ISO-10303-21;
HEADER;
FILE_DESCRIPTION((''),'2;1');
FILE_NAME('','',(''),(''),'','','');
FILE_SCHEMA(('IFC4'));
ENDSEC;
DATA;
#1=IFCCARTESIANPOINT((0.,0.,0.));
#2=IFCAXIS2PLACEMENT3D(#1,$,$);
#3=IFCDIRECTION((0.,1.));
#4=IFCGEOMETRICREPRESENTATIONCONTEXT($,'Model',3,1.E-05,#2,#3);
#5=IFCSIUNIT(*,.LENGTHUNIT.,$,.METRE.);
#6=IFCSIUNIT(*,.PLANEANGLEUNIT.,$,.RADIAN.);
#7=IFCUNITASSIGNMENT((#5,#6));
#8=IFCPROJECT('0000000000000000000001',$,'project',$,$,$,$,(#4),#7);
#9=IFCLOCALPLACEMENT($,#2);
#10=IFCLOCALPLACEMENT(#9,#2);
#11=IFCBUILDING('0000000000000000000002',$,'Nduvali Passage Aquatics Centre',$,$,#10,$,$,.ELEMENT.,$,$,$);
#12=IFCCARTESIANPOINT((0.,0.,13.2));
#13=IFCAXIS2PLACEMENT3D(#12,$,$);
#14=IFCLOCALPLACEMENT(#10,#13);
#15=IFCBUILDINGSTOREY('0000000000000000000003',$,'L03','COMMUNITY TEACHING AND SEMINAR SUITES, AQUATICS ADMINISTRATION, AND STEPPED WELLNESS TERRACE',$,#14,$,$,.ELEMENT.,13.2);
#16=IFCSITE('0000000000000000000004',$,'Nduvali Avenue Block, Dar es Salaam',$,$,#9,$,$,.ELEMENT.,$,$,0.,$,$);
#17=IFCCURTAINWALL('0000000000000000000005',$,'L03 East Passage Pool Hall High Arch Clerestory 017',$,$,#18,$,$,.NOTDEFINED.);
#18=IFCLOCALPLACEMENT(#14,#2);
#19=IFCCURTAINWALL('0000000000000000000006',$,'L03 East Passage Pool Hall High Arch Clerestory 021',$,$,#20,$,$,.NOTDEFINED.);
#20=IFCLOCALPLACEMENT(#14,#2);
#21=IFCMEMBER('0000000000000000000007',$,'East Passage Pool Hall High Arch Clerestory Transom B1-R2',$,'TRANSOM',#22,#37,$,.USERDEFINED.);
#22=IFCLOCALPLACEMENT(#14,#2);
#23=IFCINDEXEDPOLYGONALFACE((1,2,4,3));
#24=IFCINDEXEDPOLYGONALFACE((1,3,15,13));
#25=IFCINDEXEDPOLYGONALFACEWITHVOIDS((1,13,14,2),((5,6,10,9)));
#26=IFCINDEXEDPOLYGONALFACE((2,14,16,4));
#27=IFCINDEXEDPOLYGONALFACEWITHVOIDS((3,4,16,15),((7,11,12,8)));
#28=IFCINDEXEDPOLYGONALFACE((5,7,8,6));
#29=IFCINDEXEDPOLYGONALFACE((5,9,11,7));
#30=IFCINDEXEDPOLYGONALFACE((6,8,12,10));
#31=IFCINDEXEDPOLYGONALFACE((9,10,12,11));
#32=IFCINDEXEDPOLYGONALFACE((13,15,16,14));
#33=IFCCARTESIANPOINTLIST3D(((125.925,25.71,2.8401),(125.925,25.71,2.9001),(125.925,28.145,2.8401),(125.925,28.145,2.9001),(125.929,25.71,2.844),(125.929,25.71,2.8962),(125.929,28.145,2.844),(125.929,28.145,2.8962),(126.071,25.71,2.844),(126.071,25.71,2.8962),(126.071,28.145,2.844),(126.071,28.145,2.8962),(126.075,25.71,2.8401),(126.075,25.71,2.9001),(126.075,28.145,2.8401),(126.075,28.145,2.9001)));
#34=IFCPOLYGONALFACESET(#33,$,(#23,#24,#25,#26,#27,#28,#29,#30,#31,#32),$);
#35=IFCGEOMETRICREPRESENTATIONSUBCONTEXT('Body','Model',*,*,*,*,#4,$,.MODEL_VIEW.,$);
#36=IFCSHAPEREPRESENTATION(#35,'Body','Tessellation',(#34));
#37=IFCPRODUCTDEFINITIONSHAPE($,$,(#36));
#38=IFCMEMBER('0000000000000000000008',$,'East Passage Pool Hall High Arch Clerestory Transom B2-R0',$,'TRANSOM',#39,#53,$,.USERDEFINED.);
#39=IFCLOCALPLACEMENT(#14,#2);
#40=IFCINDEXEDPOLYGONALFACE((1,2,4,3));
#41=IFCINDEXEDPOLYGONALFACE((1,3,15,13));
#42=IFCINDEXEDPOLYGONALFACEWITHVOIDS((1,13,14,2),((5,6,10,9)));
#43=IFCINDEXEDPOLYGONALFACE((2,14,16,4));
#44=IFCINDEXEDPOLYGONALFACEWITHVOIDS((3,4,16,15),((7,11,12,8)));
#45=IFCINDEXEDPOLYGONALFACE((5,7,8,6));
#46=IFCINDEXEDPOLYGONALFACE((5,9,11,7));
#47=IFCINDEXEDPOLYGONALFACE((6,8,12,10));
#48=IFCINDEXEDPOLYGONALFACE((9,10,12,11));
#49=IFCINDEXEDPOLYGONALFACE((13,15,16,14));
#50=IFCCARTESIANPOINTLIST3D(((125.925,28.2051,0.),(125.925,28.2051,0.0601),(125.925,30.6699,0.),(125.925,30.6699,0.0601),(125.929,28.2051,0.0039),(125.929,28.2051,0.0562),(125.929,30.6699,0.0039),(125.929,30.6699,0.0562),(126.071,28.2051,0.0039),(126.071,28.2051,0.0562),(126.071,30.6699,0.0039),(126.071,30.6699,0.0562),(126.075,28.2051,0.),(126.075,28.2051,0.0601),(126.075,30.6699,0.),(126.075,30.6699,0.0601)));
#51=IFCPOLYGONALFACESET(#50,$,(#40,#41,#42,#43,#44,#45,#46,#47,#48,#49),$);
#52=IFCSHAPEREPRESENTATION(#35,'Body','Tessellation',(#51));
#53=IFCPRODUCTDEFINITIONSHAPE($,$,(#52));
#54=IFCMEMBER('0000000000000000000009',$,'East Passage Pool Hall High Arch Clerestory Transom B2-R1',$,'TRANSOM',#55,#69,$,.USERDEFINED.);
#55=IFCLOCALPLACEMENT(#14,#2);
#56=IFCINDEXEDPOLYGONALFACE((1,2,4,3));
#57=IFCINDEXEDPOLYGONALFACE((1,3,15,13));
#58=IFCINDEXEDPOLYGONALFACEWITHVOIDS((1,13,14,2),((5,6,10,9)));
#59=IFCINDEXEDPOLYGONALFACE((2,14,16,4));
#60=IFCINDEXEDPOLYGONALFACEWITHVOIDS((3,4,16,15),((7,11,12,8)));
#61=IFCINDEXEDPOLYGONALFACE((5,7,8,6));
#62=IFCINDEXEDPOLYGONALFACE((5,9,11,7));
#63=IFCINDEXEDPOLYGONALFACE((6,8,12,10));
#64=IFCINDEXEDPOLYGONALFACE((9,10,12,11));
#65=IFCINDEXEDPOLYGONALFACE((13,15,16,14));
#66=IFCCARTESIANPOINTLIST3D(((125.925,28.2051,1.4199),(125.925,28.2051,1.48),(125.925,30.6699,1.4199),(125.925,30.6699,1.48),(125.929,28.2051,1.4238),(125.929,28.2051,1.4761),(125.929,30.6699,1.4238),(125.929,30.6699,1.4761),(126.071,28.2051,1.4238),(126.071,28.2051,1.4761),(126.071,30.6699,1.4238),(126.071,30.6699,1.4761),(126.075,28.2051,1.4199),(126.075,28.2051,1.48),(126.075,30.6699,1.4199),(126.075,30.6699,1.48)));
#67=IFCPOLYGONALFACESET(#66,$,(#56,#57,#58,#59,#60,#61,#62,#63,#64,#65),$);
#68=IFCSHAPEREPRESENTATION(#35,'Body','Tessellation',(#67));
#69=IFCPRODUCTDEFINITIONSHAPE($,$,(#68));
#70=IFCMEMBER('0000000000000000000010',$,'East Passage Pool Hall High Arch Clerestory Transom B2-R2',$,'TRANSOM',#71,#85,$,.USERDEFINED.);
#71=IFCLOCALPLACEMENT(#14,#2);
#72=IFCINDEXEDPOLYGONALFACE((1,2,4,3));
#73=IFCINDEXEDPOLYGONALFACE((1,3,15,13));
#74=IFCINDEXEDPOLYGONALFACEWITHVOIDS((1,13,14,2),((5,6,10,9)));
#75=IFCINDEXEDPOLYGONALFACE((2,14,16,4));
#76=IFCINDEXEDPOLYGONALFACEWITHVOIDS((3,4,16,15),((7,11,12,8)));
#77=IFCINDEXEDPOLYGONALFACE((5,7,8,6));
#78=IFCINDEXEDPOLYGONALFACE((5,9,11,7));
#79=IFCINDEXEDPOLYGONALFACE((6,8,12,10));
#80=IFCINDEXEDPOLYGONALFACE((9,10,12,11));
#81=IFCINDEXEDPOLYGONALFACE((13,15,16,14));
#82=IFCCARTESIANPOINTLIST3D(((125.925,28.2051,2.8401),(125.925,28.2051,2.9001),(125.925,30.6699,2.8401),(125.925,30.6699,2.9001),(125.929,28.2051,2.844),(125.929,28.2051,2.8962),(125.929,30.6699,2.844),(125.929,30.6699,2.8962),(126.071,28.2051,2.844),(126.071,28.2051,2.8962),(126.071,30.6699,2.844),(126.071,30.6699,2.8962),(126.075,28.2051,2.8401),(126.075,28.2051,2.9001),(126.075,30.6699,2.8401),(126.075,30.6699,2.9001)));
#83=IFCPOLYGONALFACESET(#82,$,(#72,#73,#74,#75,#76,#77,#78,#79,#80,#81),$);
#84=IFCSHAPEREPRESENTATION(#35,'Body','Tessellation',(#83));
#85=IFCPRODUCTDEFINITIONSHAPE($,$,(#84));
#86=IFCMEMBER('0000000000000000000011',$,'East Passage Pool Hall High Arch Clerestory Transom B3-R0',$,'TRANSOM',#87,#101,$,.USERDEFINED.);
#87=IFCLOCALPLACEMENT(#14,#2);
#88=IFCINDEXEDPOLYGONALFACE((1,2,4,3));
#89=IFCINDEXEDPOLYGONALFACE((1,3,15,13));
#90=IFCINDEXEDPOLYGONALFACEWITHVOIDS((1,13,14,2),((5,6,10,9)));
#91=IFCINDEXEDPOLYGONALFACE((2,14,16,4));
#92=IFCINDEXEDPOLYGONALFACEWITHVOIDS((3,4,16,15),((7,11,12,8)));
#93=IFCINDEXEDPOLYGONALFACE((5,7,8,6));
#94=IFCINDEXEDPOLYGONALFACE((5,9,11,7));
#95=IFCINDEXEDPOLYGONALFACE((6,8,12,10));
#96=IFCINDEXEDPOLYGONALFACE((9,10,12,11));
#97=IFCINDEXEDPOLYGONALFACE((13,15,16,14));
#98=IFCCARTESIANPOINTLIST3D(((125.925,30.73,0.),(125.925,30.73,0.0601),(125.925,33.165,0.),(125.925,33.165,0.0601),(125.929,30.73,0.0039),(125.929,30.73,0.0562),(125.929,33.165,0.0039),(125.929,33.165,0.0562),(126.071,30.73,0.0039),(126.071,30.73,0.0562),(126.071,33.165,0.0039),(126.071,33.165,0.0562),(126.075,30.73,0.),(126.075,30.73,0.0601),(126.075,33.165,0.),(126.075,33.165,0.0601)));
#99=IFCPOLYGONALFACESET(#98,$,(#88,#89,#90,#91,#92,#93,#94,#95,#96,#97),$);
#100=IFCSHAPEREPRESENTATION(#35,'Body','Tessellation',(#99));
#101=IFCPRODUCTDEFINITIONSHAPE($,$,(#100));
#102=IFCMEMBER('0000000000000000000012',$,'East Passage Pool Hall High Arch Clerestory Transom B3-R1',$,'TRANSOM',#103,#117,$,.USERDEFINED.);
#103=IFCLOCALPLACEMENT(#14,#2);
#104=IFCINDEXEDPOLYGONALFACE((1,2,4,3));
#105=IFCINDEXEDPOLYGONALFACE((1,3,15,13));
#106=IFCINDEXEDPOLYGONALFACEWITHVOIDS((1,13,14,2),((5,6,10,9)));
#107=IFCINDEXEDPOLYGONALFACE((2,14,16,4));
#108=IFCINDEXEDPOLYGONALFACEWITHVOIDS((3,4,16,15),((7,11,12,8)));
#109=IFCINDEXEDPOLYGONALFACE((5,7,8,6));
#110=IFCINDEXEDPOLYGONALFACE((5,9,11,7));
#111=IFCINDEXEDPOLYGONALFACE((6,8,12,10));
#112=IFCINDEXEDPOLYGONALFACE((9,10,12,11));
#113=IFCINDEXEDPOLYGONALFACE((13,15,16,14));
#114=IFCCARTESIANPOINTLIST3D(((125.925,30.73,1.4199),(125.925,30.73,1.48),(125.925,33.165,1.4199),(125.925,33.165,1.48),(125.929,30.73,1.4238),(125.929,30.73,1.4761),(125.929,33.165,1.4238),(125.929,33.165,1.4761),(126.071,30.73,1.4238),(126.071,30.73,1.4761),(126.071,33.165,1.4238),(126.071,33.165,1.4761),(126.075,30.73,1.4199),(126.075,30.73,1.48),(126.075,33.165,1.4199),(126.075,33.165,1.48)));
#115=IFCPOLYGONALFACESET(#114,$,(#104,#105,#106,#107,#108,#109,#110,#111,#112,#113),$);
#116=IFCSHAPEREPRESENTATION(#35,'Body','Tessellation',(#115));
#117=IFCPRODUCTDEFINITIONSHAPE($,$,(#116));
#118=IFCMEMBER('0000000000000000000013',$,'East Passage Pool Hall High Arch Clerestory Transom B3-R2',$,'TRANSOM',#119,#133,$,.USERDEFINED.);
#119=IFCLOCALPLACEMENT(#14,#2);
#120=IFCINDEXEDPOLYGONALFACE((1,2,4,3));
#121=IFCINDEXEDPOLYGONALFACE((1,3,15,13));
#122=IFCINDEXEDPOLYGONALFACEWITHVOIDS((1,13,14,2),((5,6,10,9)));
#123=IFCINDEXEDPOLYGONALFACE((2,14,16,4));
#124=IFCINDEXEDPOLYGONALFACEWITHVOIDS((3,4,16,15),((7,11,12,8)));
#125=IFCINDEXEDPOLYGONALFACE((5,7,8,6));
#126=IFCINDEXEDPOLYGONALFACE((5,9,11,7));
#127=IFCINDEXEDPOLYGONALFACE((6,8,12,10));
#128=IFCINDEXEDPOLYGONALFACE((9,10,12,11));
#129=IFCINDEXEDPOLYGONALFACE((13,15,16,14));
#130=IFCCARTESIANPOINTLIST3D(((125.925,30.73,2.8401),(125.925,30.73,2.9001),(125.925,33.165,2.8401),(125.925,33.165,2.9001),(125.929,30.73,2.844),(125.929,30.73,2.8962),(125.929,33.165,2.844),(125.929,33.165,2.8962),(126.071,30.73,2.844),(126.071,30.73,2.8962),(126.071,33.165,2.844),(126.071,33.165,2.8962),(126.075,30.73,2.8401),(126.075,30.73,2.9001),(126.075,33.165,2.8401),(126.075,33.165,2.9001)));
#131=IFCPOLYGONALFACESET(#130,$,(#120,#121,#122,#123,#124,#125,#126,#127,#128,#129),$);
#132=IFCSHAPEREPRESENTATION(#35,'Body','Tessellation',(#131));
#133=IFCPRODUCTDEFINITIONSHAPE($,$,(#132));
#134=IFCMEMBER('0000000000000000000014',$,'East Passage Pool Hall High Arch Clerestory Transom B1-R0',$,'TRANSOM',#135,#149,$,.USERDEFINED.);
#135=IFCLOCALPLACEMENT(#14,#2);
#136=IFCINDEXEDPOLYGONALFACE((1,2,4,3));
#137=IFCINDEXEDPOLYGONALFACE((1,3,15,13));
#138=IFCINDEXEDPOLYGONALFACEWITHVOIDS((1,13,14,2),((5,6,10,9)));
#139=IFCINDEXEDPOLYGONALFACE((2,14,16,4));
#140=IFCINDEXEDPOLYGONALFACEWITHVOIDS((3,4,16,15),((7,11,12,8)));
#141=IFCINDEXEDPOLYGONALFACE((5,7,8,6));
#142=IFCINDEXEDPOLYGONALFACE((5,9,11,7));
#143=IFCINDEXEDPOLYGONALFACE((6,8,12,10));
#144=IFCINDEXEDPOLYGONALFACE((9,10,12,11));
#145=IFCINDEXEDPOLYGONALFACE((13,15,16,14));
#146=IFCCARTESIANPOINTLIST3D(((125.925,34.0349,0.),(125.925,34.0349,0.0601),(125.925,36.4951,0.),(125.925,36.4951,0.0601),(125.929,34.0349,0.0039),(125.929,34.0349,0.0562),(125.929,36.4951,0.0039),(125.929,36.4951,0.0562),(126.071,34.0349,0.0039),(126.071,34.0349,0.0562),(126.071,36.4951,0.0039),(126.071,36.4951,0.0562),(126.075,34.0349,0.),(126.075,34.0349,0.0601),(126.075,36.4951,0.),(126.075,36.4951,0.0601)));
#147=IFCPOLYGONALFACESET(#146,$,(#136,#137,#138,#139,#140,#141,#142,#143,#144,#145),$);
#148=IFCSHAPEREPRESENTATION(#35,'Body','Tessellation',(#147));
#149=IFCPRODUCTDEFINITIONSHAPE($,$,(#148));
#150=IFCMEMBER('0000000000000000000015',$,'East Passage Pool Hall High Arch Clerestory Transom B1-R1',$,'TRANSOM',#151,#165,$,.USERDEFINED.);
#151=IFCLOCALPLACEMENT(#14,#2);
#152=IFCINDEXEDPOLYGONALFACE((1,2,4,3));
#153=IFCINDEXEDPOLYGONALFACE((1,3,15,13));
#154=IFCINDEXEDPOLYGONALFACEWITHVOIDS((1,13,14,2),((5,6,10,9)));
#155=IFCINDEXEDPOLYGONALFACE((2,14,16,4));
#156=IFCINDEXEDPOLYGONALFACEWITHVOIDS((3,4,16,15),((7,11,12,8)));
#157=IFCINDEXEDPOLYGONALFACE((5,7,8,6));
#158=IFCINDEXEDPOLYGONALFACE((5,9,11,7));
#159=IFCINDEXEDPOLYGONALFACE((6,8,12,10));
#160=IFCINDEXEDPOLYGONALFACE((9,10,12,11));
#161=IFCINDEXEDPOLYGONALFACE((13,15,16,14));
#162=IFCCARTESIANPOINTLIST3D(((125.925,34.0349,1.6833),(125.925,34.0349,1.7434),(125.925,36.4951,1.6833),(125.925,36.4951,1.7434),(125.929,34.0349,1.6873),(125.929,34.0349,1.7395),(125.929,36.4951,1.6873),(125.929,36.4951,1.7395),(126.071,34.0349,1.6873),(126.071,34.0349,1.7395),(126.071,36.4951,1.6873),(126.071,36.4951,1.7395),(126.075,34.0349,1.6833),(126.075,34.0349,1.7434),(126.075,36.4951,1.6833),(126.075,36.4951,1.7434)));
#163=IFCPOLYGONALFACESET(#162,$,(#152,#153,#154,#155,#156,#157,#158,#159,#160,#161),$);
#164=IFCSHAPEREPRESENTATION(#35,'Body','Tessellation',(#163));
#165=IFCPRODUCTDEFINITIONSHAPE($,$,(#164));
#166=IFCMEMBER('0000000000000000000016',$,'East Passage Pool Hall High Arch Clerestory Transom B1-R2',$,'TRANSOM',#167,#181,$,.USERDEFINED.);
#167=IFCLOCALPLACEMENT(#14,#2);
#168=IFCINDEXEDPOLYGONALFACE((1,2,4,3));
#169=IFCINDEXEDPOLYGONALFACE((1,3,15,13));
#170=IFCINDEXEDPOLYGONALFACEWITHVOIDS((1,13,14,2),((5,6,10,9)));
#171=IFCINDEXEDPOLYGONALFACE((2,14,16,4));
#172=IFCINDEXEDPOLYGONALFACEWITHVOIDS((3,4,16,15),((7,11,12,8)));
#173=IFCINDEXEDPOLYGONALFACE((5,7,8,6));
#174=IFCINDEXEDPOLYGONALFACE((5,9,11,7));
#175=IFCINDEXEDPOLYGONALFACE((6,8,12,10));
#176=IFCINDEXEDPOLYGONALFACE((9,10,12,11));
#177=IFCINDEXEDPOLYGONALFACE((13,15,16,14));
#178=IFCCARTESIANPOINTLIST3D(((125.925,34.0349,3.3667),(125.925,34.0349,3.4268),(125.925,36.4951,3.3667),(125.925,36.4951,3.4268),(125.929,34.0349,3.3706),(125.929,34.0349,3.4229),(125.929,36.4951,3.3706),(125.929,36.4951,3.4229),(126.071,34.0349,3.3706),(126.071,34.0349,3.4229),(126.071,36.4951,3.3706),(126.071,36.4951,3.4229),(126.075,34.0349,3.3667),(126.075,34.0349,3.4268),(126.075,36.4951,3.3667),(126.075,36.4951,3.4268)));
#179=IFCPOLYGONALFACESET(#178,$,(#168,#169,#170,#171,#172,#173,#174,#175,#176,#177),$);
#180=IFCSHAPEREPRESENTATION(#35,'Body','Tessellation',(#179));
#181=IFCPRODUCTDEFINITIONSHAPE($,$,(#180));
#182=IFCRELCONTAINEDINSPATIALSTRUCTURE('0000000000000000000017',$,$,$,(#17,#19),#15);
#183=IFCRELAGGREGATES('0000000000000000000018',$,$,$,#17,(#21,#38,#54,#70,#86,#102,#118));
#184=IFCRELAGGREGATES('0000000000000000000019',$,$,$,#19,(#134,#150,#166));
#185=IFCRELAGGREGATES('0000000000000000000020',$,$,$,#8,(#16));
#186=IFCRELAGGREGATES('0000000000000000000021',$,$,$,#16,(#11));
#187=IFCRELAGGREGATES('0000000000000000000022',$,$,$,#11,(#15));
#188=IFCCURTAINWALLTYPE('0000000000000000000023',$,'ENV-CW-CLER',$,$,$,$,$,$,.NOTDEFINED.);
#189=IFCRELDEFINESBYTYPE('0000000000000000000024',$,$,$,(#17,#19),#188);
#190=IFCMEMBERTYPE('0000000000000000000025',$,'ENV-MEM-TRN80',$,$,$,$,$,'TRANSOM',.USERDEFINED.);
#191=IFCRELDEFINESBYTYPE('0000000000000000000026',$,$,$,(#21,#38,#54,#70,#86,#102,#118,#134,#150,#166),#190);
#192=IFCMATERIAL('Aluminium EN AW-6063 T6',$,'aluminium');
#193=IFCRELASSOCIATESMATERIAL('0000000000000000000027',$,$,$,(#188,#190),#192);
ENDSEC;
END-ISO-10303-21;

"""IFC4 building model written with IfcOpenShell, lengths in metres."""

from ifc_helpers import new_model, si_unit, direction, frame, origin, origin_2d, place, context, subcontext, project, spatial, hollow_rectangle, extrude, material, material_profile, profile_set, type_object, element, aggregate, save


model = new_model("IFC4")

# Units and contexts
model_context = context("Model", 3, precision=1e-05, world=origin(), true_north=direction((0.0, 1.0)))
body_context = subcontext(model_context, "Body", "Model", "MODEL_VIEW")
ifc_project = project(units=[si_unit("LENGTHUNIT", "METRE"), si_unit("PLANEANGLEUNIT", "RADIAN")], contexts=[model_context])

# Site, building, storey
site_placement = place(None, origin())
site = spatial("IfcSite", under=ifc_project, at=site_placement, Name="Nduvali Avenue Block, Dar es Salaam", CompositionType="ELEMENT", RefElevation=0.0)
building_placement = place(site_placement, origin())
building = spatial("IfcBuilding", under=site, at=building_placement, Name="Nduvali Passage Aquatics Centre", CompositionType="ELEMENT")
storey_placement = place(building_placement, frame((0.0, 0.0, 13.2)))
storey = spatial("IfcBuildingStorey", under=building, at=storey_placement, Name="L03", Description="COMMUNITY TEACHING AND SEMINAR SUITES, AQUATICS ADMINISTRATION, AND STEPPED WELLNESS TERRACE", CompositionType="ELEMENT", Elevation=13.2)

# Curtain walls
ifc_material_1 = material(Name="Aluminium EN AW-6063 T6", Category="aluminium")
curtain_wall_type = type_object("IfcCurtainWallType", Name="ENV-CW-CLER", PredefinedType="NOTDEFINED", material=ifc_material_1)
curtain_wall_1_placement = place(storey_placement, origin())
curtain_wall_1 = element("IfcCurtainWall", 1, at=curtain_wall_1_placement, inside=storey, type_object=curtain_wall_type, Name="L03 East Passage Pool Hall High Arch Clerestory 017", PredefinedType="NOTDEFINED")
curtain_wall_2_placement = place(storey_placement, origin())
curtain_wall_2 = element("IfcCurtainWall", 2, at=curtain_wall_2_placement, inside=storey, type_object=curtain_wall_type, Name="L03 East Passage Pool Hall High Arch Clerestory 021", PredefinedType="NOTDEFINED")

# Members
ifc_material_profile_1 = material_profile(ifc_material_1, hollow_rectangle(XDim=0.1499, YDim=0.0601, WallThickness=0.0039, at=origin_2d()), Name="ALU TRANSOM 150x60x4")
ifc_profile_set_1 = profile_set([ifc_material_profile_1], Name="Aluminium EN AW-6063 T6")
member_type_1 = type_object("IfcMemberType", Name="ENV-MEM-TRN80", ElementType="TRANSOM", PredefinedType="USERDEFINED", material=ifc_profile_set_1)
member_1_placement = place(storey_placement, frame((126.0, 25.71, 2.8701), z_axis=(0.0, 1.0, 0.0), x_axis=(-1.0, 0.0, 0.0)))
member_1 = element("IfcMember", 3, at=member_1_placement, type_object=member_type_1, Name="East Passage Pool Hall High Arch Clerestory Transom B1-R2", ObjectType="TRANSOM", PredefinedType="USERDEFINED", context=body_context, shape_type="SweptSolid", body=[
    extrude(hollow_rectangle(XDim=0.1499, YDim=0.0601, WallThickness=0.0039, at=origin_2d()), origin(), (0.0, 0.0, 1.0), 2.4351),
])
member_2_placement = place(storey_placement, frame((126.0, 28.2051, 0.03), z_axis=(0.0, 1.0, 0.0), x_axis=(-1.0, 0.0, 0.0)))
member_2 = element("IfcMember", 4, at=member_2_placement, type_object=member_type_1, Name="East Passage Pool Hall High Arch Clerestory Transom B2-R0", ObjectType="TRANSOM", PredefinedType="USERDEFINED", context=body_context, shape_type="SweptSolid", body=[
    extrude(hollow_rectangle(XDim=0.1499, YDim=0.0601, WallThickness=0.0039, at=origin_2d()), origin(), (0.0, 0.0, 1.0), 2.4648),
])
member_3_placement = place(storey_placement, frame((126.0, 28.2051, 1.45), z_axis=(0.0, 1.0, 0.0), x_axis=(-1.0, 0.0, 0.0)))
member_3 = element("IfcMember", 5, at=member_3_placement, type_object=member_type_1, Name="East Passage Pool Hall High Arch Clerestory Transom B2-R1", ObjectType="TRANSOM", PredefinedType="USERDEFINED", context=body_context, shape_type="SweptSolid", body=[
    extrude(hollow_rectangle(XDim=0.1499, YDim=0.0601, WallThickness=0.0039, at=origin_2d()), origin(), (0.0, 0.0, 1.0), 2.4648),
])
member_4_placement = place(storey_placement, frame((126.0, 28.2051, 2.8701), z_axis=(0.0, 1.0, 0.0), x_axis=(-1.0, 0.0, 0.0)))
member_4 = element("IfcMember", 6, at=member_4_placement, type_object=member_type_1, Name="East Passage Pool Hall High Arch Clerestory Transom B2-R2", ObjectType="TRANSOM", PredefinedType="USERDEFINED", context=body_context, shape_type="SweptSolid", body=[
    extrude(hollow_rectangle(XDim=0.1499, YDim=0.0601, WallThickness=0.0039, at=origin_2d()), origin(), (0.0, 0.0, 1.0), 2.4648),
])
member_5_placement = place(storey_placement, frame((126.0, 30.73, 0.03), z_axis=(0.0, 1.0, 0.0), x_axis=(-1.0, 0.0, 0.0)))
member_5 = element("IfcMember", 7, at=member_5_placement, type_object=member_type_1, Name="East Passage Pool Hall High Arch Clerestory Transom B3-R0", ObjectType="TRANSOM", PredefinedType="USERDEFINED", context=body_context, shape_type="SweptSolid", body=[
    extrude(hollow_rectangle(XDim=0.1499, YDim=0.0601, WallThickness=0.0039, at=origin_2d()), origin(), (0.0, 0.0, 1.0), 2.4351),
])
member_6_placement = place(storey_placement, frame((126.0, 30.73, 1.45), z_axis=(0.0, 1.0, 0.0), x_axis=(-1.0, 0.0, 0.0)))
member_6 = element("IfcMember", 8, at=member_6_placement, type_object=member_type_1, Name="East Passage Pool Hall High Arch Clerestory Transom B3-R1", ObjectType="TRANSOM", PredefinedType="USERDEFINED", context=body_context, shape_type="SweptSolid", body=[
    extrude(hollow_rectangle(XDim=0.1499, YDim=0.0601, WallThickness=0.0039, at=origin_2d()), origin(), (0.0, 0.0, 1.0), 2.4351),
])
member_7_placement = place(storey_placement, frame((126.0, 30.73, 2.8701), z_axis=(0.0, 1.0, 0.0), x_axis=(-1.0, 0.0, 0.0)))
member_7 = element("IfcMember", 9, at=member_7_placement, type_object=member_type_1, Name="East Passage Pool Hall High Arch Clerestory Transom B3-R2", ObjectType="TRANSOM", PredefinedType="USERDEFINED", context=body_context, shape_type="SweptSolid", body=[
    extrude(hollow_rectangle(XDim=0.1499, YDim=0.0601, WallThickness=0.0039, at=origin_2d()), origin(), (0.0, 0.0, 1.0), 2.4351),
])
member_8_placement = place(storey_placement, frame((126.0, 34.0349, 0.03), z_axis=(0.0, 1.0, 0.0), x_axis=(-1.0, 0.0, 0.0)))
member_8 = element("IfcMember", 10, at=member_8_placement, type_object=member_type_1, Name="East Passage Pool Hall High Arch Clerestory Transom B1-R0", ObjectType="TRANSOM", PredefinedType="USERDEFINED", context=body_context, shape_type="SweptSolid", body=[
    extrude(hollow_rectangle(XDim=0.1499, YDim=0.0601, WallThickness=0.0039, at=origin_2d()), origin(), (0.0, 0.0, 1.0), 2.4602),
])
member_9_placement = place(storey_placement, frame((126.0, 34.0349, 1.7134), z_axis=(0.0, 1.0, 0.0), x_axis=(-1.0, 0.0, 0.0)))
member_9 = element("IfcMember", 11, at=member_9_placement, type_object=member_type_1, Name="East Passage Pool Hall High Arch Clerestory Transom B1-R1", ObjectType="TRANSOM", PredefinedType="USERDEFINED", context=body_context, shape_type="SweptSolid", body=[
    extrude(hollow_rectangle(XDim=0.1499, YDim=0.0601, WallThickness=0.0039, at=origin_2d()), origin(), (0.0, 0.0, 1.0), 2.4602),
])
member_10_placement = place(storey_placement, frame((126.0, 34.0349, 3.3967), z_axis=(0.0, 1.0, 0.0), x_axis=(-1.0, 0.0, 0.0)))
member_10 = element("IfcMember", 12, at=member_10_placement, type_object=member_type_1, Name="East Passage Pool Hall High Arch Clerestory Transom B1-R2", ObjectType="TRANSOM", PredefinedType="USERDEFINED", context=body_context, shape_type="SweptSolid", body=[
    extrude(hollow_rectangle(XDim=0.1499, YDim=0.0601, WallThickness=0.0039, at=origin_2d()), origin(), (0.0, 0.0, 1.0), 2.4602),
])

aggregate(curtain_wall_1, [member_1, member_2, member_3, member_4, member_5, member_6, member_7])
aggregate(curtain_wall_2, [member_8, member_9, member_10])

save(model, "model.ifc")
